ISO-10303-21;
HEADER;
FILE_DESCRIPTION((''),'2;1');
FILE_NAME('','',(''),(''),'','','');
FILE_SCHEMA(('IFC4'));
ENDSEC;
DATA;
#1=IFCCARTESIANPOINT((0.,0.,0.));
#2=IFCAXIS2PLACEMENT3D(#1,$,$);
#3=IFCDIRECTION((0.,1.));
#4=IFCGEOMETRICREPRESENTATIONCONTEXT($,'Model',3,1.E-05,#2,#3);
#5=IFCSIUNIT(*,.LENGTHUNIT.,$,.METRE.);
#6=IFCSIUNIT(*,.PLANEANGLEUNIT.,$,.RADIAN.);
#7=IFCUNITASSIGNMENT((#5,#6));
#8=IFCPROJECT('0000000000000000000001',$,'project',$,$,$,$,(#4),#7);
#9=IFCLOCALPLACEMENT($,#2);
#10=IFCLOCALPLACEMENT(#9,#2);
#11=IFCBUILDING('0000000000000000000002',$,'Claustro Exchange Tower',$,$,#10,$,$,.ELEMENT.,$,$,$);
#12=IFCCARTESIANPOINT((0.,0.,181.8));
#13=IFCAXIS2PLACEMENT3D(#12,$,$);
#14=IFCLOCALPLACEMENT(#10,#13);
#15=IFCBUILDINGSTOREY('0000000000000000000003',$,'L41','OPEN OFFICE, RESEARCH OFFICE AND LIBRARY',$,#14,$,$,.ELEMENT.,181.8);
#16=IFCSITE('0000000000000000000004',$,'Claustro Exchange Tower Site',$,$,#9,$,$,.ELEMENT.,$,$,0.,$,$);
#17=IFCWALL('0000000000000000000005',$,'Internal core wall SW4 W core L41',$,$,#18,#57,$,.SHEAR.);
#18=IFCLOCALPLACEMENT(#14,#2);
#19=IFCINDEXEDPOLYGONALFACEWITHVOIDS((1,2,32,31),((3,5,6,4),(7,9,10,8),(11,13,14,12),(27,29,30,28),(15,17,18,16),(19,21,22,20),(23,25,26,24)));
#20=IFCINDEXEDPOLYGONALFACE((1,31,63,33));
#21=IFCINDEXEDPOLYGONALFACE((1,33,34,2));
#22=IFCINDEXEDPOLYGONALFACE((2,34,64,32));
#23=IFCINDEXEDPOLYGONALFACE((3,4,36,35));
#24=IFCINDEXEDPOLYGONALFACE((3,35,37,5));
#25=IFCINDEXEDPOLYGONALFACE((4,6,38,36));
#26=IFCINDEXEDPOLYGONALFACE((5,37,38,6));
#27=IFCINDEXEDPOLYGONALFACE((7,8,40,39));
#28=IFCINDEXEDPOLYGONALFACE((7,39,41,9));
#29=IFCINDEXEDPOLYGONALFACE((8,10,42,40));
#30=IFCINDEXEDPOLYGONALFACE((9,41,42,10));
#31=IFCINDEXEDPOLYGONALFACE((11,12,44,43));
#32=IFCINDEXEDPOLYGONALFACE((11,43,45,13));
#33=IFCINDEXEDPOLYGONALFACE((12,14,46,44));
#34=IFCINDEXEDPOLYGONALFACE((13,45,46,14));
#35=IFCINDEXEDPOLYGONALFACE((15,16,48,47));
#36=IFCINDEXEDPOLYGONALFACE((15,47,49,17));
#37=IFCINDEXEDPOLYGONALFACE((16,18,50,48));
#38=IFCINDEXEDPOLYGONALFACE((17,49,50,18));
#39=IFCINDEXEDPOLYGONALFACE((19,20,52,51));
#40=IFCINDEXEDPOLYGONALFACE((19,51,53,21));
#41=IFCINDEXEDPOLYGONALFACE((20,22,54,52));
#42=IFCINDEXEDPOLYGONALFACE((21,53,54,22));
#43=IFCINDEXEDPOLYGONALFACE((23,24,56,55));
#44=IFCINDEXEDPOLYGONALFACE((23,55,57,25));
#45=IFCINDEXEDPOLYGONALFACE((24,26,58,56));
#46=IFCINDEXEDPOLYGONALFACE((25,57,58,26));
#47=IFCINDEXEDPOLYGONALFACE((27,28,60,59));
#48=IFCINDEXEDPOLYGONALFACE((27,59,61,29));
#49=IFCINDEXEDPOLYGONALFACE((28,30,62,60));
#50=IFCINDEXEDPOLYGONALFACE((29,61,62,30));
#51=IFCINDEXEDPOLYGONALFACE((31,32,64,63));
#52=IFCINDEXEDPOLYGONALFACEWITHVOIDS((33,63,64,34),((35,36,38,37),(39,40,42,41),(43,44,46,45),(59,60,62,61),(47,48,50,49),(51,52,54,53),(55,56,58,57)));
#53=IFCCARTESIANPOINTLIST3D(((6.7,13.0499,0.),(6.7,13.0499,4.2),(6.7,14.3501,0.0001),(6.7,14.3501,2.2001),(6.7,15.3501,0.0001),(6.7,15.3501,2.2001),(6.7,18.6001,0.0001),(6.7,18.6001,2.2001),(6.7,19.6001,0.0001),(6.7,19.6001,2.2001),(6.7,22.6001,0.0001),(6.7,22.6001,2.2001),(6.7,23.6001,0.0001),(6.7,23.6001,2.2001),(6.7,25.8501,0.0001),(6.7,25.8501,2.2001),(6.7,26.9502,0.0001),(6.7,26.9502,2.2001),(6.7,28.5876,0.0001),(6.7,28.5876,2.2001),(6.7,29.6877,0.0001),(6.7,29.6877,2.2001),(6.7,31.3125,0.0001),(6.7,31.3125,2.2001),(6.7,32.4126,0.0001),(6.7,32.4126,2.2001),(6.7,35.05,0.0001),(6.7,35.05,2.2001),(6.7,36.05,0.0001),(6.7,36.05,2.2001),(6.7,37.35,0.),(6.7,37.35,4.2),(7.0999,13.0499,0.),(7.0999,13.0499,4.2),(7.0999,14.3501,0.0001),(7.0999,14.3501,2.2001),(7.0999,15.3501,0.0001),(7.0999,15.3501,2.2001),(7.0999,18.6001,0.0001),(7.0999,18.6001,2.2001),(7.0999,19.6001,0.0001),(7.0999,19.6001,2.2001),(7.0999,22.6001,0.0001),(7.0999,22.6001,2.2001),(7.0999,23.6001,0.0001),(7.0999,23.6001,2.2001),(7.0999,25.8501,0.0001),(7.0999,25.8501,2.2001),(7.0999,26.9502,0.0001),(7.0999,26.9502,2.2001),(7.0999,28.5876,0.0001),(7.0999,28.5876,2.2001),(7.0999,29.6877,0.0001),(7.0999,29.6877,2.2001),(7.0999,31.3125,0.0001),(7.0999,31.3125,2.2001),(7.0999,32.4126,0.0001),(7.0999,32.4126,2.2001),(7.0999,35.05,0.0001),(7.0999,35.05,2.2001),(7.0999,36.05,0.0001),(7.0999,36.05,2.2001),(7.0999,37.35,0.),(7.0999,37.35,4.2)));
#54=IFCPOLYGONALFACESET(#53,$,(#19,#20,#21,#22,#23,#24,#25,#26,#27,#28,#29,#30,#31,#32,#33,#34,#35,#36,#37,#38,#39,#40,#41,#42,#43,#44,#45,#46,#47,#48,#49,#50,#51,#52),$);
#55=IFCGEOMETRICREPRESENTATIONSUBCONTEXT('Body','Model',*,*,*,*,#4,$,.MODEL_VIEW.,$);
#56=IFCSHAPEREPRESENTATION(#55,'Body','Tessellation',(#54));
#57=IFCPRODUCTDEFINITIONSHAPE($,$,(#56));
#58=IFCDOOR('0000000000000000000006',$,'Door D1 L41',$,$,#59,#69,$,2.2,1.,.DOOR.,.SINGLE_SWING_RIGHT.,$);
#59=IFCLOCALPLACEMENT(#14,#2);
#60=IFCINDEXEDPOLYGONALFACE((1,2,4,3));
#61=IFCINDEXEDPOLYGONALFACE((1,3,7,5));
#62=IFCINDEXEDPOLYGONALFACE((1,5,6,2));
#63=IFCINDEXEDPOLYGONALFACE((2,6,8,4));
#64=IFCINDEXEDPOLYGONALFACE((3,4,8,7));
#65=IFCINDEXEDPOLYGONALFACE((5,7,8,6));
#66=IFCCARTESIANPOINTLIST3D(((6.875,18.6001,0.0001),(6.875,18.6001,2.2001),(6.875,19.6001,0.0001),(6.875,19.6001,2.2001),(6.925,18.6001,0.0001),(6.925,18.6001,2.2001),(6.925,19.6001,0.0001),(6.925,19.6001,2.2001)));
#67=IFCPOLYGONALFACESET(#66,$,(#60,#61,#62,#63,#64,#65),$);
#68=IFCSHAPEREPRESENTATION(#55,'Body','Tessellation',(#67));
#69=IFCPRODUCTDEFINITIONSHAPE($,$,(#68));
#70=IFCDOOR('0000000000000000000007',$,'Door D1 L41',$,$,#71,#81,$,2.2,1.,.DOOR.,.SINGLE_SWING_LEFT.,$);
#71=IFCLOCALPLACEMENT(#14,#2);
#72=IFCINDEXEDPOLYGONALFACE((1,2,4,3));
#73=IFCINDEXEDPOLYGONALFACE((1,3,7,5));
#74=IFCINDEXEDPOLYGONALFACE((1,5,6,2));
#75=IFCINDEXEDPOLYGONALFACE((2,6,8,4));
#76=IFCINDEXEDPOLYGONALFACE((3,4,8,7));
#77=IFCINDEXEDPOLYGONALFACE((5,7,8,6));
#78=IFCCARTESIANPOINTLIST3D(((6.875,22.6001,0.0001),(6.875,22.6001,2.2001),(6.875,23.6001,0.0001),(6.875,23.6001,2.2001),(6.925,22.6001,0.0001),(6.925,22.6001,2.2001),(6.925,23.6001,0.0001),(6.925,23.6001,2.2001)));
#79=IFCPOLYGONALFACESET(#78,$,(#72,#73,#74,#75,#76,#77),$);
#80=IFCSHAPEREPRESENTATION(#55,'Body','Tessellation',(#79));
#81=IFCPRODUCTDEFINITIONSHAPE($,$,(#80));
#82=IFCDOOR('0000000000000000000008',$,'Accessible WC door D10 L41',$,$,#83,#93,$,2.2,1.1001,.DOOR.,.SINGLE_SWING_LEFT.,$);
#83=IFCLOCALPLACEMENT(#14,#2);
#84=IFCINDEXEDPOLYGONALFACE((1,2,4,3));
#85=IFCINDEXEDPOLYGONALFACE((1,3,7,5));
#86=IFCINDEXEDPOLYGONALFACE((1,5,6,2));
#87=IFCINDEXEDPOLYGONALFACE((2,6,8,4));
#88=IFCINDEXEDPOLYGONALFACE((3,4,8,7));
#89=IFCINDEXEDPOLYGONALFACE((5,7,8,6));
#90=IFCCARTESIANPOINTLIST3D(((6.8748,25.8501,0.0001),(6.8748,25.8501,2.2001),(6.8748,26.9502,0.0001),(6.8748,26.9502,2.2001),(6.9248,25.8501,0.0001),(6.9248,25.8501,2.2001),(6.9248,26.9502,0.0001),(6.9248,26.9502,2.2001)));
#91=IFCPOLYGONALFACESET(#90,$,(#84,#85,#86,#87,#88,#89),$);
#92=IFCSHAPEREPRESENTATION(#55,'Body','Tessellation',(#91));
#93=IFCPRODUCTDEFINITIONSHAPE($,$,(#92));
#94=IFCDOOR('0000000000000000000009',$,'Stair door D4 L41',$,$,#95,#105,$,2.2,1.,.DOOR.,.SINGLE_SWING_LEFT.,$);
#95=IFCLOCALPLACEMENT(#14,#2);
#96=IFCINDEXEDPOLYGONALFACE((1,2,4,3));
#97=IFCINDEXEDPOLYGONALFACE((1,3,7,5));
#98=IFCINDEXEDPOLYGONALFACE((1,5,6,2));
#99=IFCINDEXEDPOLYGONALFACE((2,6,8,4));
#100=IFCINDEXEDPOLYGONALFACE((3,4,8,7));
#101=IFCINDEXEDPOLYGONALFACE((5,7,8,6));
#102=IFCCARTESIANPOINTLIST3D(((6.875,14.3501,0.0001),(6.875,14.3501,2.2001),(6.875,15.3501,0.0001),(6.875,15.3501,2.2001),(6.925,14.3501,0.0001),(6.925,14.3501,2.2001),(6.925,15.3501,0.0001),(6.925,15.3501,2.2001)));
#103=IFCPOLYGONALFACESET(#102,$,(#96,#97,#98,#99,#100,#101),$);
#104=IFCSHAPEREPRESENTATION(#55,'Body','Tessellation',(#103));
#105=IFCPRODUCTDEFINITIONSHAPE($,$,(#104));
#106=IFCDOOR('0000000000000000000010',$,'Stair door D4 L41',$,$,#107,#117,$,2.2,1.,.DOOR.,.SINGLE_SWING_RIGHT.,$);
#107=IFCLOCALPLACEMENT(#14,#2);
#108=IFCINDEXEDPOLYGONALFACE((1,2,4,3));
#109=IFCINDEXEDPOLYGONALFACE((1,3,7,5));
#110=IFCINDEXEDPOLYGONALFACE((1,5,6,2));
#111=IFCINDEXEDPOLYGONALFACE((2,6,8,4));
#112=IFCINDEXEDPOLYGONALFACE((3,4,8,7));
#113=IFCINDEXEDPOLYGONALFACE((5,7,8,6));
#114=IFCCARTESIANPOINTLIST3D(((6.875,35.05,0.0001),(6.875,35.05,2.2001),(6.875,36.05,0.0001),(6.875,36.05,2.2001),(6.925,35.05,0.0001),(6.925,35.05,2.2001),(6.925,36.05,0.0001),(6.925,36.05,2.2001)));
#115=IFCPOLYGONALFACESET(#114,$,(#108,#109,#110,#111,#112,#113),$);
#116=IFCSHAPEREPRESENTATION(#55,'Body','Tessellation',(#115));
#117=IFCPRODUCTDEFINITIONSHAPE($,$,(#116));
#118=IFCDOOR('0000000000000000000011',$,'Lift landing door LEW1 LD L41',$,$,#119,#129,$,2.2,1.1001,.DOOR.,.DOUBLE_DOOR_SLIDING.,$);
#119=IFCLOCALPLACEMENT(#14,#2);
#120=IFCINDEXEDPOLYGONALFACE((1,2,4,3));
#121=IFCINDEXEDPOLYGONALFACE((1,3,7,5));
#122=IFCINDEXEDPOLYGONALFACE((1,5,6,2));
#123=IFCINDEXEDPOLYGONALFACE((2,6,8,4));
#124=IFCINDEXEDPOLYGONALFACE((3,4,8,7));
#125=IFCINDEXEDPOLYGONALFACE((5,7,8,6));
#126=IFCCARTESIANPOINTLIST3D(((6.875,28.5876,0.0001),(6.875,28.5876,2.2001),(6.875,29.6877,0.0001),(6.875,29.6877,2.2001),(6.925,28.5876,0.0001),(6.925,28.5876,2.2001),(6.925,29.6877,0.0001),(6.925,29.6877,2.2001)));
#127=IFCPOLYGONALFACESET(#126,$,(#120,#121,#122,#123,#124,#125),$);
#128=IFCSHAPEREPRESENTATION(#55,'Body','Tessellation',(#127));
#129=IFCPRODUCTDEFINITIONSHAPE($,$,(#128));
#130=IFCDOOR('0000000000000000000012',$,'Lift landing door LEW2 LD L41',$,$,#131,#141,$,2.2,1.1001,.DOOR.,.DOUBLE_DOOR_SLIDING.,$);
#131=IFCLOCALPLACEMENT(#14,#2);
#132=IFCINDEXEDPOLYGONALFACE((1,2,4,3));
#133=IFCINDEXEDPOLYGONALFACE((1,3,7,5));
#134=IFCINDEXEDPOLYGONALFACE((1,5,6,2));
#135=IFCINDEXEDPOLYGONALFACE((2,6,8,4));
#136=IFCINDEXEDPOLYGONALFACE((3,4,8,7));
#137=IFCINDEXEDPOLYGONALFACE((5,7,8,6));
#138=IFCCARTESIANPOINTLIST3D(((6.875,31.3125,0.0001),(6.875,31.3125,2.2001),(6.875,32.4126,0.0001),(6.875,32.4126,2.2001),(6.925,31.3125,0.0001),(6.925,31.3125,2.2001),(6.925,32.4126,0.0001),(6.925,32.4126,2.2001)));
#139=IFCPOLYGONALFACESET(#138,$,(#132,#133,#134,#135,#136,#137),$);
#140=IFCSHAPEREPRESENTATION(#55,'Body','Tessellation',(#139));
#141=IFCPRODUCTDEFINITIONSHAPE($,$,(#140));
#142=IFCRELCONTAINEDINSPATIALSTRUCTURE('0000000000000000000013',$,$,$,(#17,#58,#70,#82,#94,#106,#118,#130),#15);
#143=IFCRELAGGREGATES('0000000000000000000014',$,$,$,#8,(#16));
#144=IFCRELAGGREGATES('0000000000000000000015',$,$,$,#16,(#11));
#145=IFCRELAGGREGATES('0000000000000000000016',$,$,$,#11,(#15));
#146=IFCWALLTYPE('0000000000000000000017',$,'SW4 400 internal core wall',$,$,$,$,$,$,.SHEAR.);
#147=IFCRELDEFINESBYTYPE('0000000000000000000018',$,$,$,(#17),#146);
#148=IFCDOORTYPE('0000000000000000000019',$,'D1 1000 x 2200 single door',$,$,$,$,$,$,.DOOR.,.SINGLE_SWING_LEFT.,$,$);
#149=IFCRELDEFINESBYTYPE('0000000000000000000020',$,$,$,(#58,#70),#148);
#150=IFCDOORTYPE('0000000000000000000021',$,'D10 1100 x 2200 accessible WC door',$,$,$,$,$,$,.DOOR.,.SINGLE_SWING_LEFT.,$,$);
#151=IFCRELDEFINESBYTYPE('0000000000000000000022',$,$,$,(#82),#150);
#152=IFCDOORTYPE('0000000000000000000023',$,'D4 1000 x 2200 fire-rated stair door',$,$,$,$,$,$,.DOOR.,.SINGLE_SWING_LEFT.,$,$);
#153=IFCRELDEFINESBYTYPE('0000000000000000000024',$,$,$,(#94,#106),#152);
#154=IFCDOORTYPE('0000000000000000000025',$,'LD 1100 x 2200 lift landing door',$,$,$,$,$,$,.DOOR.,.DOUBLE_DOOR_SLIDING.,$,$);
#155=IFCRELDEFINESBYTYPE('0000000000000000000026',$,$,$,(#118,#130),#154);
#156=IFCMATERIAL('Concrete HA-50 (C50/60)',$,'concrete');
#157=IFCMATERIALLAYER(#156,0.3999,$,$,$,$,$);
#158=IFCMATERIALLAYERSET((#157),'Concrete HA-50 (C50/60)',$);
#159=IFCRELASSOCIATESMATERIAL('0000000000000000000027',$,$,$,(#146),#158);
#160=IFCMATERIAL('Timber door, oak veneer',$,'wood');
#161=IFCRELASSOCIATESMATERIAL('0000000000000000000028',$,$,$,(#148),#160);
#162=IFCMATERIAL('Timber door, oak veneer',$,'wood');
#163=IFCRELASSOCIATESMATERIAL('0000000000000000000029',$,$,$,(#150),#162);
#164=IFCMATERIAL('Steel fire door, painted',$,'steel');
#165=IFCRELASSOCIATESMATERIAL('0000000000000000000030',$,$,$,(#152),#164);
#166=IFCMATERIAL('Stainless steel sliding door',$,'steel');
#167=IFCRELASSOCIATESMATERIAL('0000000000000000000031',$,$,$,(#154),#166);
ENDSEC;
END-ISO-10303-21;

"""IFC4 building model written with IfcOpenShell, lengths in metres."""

from ifc_helpers import new_model, si_unit, direction, frame, frame_2d, origin, place, context, subcontext, project, spatial, rectangle, extrude, material, layer, layer_set, type_object, element, fill, save


model = new_model("IFC4")

# Units and contexts
model_context = context("Model", 3, precision=1e-05, world=origin(), true_north=direction((0.0, 1.0)))
body_context = subcontext(model_context, "Body", "Model", "MODEL_VIEW")
ifc_project = project(units=[si_unit("LENGTHUNIT", "METRE"), si_unit("PLANEANGLEUNIT", "RADIAN")], contexts=[model_context])

# Site, building, storey
site_placement = place(None, origin())
site = spatial("IfcSite", under=ifc_project, at=site_placement, Name="Claustro Exchange Tower Site", CompositionType="ELEMENT", RefElevation=0.0)
building_placement = place(site_placement, origin())
building = spatial("IfcBuilding", under=site, at=building_placement, Name="Claustro Exchange Tower", CompositionType="ELEMENT")
storey_placement = place(building_placement, frame((0.0, 0.0, 181.8)))
storey = spatial("IfcBuildingStorey", under=building, at=storey_placement, Name="L41", Description="OPEN OFFICE, RESEARCH OFFICE AND LIBRARY", CompositionType="ELEMENT", Elevation=181.8)

# Wall, openings, doors
ifc_material_1 = material(Name="Concrete HA-50 (C50/60)", Category="concrete")
ifc_layer_1 = layer(ifc_material_1, 0.3999)
ifc_layer_set_1 = layer_set([ifc_layer_1], Name="Concrete HA-50 (C50/60)")
wall_type_1 = type_object("IfcWallType", Name="SW4 400 internal core wall", PredefinedType="SHEAR", material=ifc_layer_set_1)
wall_1_placement = place(storey_placement, frame((6.8999, 13.05, 0.0), z_axis=(0.0, 0.0, 1.0), x_axis=(0.0, 1.0, 0.0)))
wall_1 = element("IfcWall", 1, at=wall_1_placement, inside=storey, type_object=wall_type_1, Name="Internal core wall SW4 W core L41", PredefinedType="SHEAR", context=body_context, shape_type="SweptSolid", body=[
    extrude(rectangle(XDim=24.3, YDim=0.3999, at=frame_2d((12.1499, 0.0))), origin(), (0.0, 0.0, 1.0), 4.2),
])
opening_1_placement = place(wall_1_placement, frame((1.3, 0.0, 0.0)))
opening_1 = element("IfcOpeningElement", 2, at=opening_1_placement, cuts=wall_1, PredefinedType="OPENING", context=body_context, shape_type="SweptSolid", body=[
    extrude(rectangle(XDim=1.0, YDim=2.2, at=frame_2d((0.5, 1.1001))), frame((0.0, 0.21, 0.0), z_axis=(0.0, -1.0, 0.0), x_axis=(1.0, 0.0, 0.0)), (0.0, 0.0, 1.0), 0.4199),
])
opening_2_placement = place(wall_1_placement, frame((22.0, 0.0, 0.0)))
opening_2 = element("IfcOpeningElement", 3, at=opening_2_placement, cuts=wall_1, PredefinedType="OPENING", context=body_context, shape_type="SweptSolid", body=[
    extrude(rectangle(XDim=1.0, YDim=2.2, at=frame_2d((0.5, 1.1001))), frame((0.0, 0.21, 0.0), z_axis=(0.0, -1.0, 0.0), x_axis=(1.0, 0.0, 0.0)), (0.0, 0.0, 1.0), 0.4199),
])
opening_3_placement = place(wall_1_placement, frame((5.55, 0.0, 0.0)))
opening_3 = element("IfcOpeningElement", 4, at=opening_3_placement, cuts=wall_1, PredefinedType="OPENING", context=body_context, shape_type="SweptSolid", body=[
    extrude(rectangle(XDim=1.0, YDim=2.2, at=frame_2d((0.5, 1.1001))), frame((0.0, 0.21, 0.0), z_axis=(0.0, -1.0, 0.0), x_axis=(1.0, 0.0, 0.0)), (0.0, 0.0, 1.0), 0.4199),
])
opening_4_placement = place(wall_1_placement, frame((9.55, 0.0, 0.0)))
opening_4 = element("IfcOpeningElement", 5, at=opening_4_placement, cuts=wall_1, PredefinedType="OPENING", context=body_context, shape_type="SweptSolid", body=[
    extrude(rectangle(XDim=1.0, YDim=2.2, at=frame_2d((0.5, 1.1001))), frame((0.0, 0.21, 0.0), z_axis=(0.0, -1.0, 0.0), x_axis=(1.0, 0.0, 0.0)), (0.0, 0.0, 1.0), 0.4199),
])
opening_5_placement = place(wall_1_placement, frame((12.8, 0.0, 0.0)))
opening_5 = element("IfcOpeningElement", 6, at=opening_5_placement, cuts=wall_1, PredefinedType="OPENING", context=body_context, shape_type="SweptSolid", body=[
    extrude(rectangle(XDim=1.1001, YDim=2.2, at=frame_2d((0.55, 1.1001))), frame((0.0, 0.21, 0.0), z_axis=(0.0, -1.0, 0.0), x_axis=(1.0, 0.0, 0.0)), (0.0, 0.0, 1.0), 0.4199),
])
opening_6_placement = place(wall_1_placement, frame((15.5376, 0.0, 0.0)))
opening_6 = element("IfcOpeningElement", 7, at=opening_6_placement, cuts=wall_1, PredefinedType="OPENING", context=body_context, shape_type="SweptSolid", body=[
    extrude(rectangle(XDim=1.1001, YDim=2.2, at=frame_2d((0.55, 1.1001))), frame((0.0, 0.21, 0.0), z_axis=(0.0, -1.0, 0.0), x_axis=(1.0, 0.0, 0.0)), (0.0, 0.0, 1.0), 0.4199),
])
opening_7_placement = place(wall_1_placement, frame((18.2625, 0.0, 0.0)))
opening_7 = element("IfcOpeningElement", 8, at=opening_7_placement, cuts=wall_1, PredefinedType="OPENING", context=body_context, shape_type="SweptSolid", body=[
    extrude(rectangle(XDim=1.1001, YDim=2.2, at=frame_2d((0.55, 1.1001))), frame((0.0, 0.21, 0.0), z_axis=(0.0, -1.0, 0.0), x_axis=(1.0, 0.0, 0.0)), (0.0, 0.0, 1.0), 0.4199),
])
ifc_material_2 = material(Name="Timber door, oak veneer", Category="wood")
door_type_1 = type_object("IfcDoorType", Name="D1 1000 x 2200 single door", OperationType="SINGLE_SWING_LEFT", PredefinedType="DOOR", material=ifc_material_2)
door_1_placement = place(opening_3_placement, origin())
door_1 = element("IfcDoor", 9, at=door_1_placement, inside=storey, type_object=door_type_1, Name="Door D1 L41", OperationType="SINGLE_SWING_RIGHT", OverallHeight=2.2, OverallWidth=1.0, PredefinedType="DOOR", context=body_context, shape_type="SweptSolid", body=[
    extrude(rectangle(XDim=1.0, YDim=2.2, at=frame_2d((0.5, 1.1001))), frame((0.0, 0.0249, 0.0), z_axis=(0.0, -1.0, 0.0), x_axis=(1.0, 0.0, 0.0)), (0.0, 0.0, 1.0), 0.05),
])
fill(opening_3, door_1)
door_2_placement = place(opening_4_placement, origin())
door_2 = element("IfcDoor", 10, at=door_2_placement, inside=storey, type_object=door_type_1, Name="Door D1 L41", OperationType="SINGLE_SWING_LEFT", OverallHeight=2.2, OverallWidth=1.0, PredefinedType="DOOR", context=body_context, shape_type="SweptSolid", body=[
    extrude(rectangle(XDim=1.0, YDim=2.2, at=frame_2d((0.5, 1.1001))), frame((0.0, 0.0249, 0.0), z_axis=(0.0, -1.0, 0.0), x_axis=(1.0, 0.0, 0.0)), (0.0, 0.0, 1.0), 0.05),
])
fill(opening_4, door_2)
ifc_material_3 = material(Name="Timber door, oak veneer", Category="wood")
door_type_2 = type_object("IfcDoorType", Name="D10 1100 x 2200 accessible WC door", OperationType="SINGLE_SWING_LEFT", PredefinedType="DOOR", material=ifc_material_3)
door_3_placement = place(opening_5_placement, frame((1.1001, 0.0, 0.0), z_axis=(0.0, 0.0, 1.0), x_axis=(-1.0, 0.0, 0.0)))
door_3 = element("IfcDoor", 11, at=door_3_placement, inside=storey, type_object=door_type_2, Name="Accessible WC door D10 L41", OperationType="SINGLE_SWING_LEFT", OverallHeight=2.2, OverallWidth=1.1001, PredefinedType="DOOR", context=body_context, shape_type="SweptSolid", body=[
    extrude(rectangle(XDim=1.1001, YDim=2.2, at=frame_2d((0.55, 1.1001))), frame((0.0, 0.0249, 0.0), z_axis=(0.0, -1.0, 0.0), x_axis=(1.0, 0.0, 0.0)), (0.0, 0.0, 1.0), 0.05),
])
fill(opening_5, door_3)
ifc_material_4 = material(Name="Steel fire door, painted", Category="steel")
door_type_3 = type_object("IfcDoorType", Name="D4 1000 x 2200 fire-rated stair door", OperationType="SINGLE_SWING_LEFT", PredefinedType="DOOR", material=ifc_material_4)
door_4_placement = place(opening_1_placement, origin())
door_4 = element("IfcDoor", 12, at=door_4_placement, inside=storey, type_object=door_type_3, Name="Stair door D4 L41", OperationType="SINGLE_SWING_LEFT", OverallHeight=2.2, OverallWidth=1.0, PredefinedType="DOOR", context=body_context, shape_type="SweptSolid", body=[
    extrude(rectangle(XDim=1.0, YDim=2.2, at=frame_2d((0.5, 1.1001))), frame((0.0, 0.0249, 0.0), z_axis=(0.0, -1.0, 0.0), x_axis=(1.0, 0.0, 0.0)), (0.0, 0.0, 1.0), 0.05),
])
fill(opening_1, door_4)
door_5_placement = place(opening_2_placement, origin())
door_5 = element("IfcDoor", 13, at=door_5_placement, inside=storey, type_object=door_type_3, Name="Stair door D4 L41", OperationType="SINGLE_SWING_RIGHT", OverallHeight=2.2, OverallWidth=1.0, PredefinedType="DOOR", context=body_context, shape_type="SweptSolid", body=[
    extrude(rectangle(XDim=1.0, YDim=2.2, at=frame_2d((0.5, 1.1001))), frame((0.0, 0.0249, 0.0), z_axis=(0.0, -1.0, 0.0), x_axis=(1.0, 0.0, 0.0)), (0.0, 0.0, 1.0), 0.05),
])
fill(opening_2, door_5)
ifc_material_5 = material(Name="Stainless steel sliding door", Category="steel")
door_type_4 = type_object("IfcDoorType", Name="LD 1100 x 2200 lift landing door", OperationType="DOUBLE_DOOR_SLIDING", PredefinedType="DOOR", material=ifc_material_5)
door_6_placement = place(opening_6_placement, origin())
door_6 = element("IfcDoor", 14, at=door_6_placement, inside=storey, type_object=door_type_4, Name="Lift landing door LEW1 LD L41", OperationType="DOUBLE_DOOR_SLIDING", OverallHeight=2.2, OverallWidth=1.1001, PredefinedType="DOOR", context=body_context, shape_type="SweptSolid", body=[
    extrude(rectangle(XDim=1.1001, YDim=2.2, at=frame_2d((0.55, 1.1001))), frame((0.0, 0.0249, 0.0), z_axis=(0.0, -1.0, 0.0), x_axis=(1.0, 0.0, 0.0)), (0.0, 0.0, 1.0), 0.05),
])
fill(opening_6, door_6)
door_7_placement = place(opening_7_placement, origin())
door_7 = element("IfcDoor", 15, at=door_7_placement, inside=storey, type_object=door_type_4, Name="Lift landing door LEW2 LD L41", OperationType="DOUBLE_DOOR_SLIDING", OverallHeight=2.2, OverallWidth=1.1001, PredefinedType="DOOR", context=body_context, shape_type="SweptSolid", body=[
    extrude(rectangle(XDim=1.1001, YDim=2.2, at=frame_2d((0.55, 1.1001))), frame((0.0, 0.0249, 0.0), z_axis=(0.0, -1.0, 0.0), x_axis=(1.0, 0.0, 0.0)), (0.0, 0.0, 1.0), 0.05),
])
fill(opening_7, door_7)

save(model, "model.ifc")
